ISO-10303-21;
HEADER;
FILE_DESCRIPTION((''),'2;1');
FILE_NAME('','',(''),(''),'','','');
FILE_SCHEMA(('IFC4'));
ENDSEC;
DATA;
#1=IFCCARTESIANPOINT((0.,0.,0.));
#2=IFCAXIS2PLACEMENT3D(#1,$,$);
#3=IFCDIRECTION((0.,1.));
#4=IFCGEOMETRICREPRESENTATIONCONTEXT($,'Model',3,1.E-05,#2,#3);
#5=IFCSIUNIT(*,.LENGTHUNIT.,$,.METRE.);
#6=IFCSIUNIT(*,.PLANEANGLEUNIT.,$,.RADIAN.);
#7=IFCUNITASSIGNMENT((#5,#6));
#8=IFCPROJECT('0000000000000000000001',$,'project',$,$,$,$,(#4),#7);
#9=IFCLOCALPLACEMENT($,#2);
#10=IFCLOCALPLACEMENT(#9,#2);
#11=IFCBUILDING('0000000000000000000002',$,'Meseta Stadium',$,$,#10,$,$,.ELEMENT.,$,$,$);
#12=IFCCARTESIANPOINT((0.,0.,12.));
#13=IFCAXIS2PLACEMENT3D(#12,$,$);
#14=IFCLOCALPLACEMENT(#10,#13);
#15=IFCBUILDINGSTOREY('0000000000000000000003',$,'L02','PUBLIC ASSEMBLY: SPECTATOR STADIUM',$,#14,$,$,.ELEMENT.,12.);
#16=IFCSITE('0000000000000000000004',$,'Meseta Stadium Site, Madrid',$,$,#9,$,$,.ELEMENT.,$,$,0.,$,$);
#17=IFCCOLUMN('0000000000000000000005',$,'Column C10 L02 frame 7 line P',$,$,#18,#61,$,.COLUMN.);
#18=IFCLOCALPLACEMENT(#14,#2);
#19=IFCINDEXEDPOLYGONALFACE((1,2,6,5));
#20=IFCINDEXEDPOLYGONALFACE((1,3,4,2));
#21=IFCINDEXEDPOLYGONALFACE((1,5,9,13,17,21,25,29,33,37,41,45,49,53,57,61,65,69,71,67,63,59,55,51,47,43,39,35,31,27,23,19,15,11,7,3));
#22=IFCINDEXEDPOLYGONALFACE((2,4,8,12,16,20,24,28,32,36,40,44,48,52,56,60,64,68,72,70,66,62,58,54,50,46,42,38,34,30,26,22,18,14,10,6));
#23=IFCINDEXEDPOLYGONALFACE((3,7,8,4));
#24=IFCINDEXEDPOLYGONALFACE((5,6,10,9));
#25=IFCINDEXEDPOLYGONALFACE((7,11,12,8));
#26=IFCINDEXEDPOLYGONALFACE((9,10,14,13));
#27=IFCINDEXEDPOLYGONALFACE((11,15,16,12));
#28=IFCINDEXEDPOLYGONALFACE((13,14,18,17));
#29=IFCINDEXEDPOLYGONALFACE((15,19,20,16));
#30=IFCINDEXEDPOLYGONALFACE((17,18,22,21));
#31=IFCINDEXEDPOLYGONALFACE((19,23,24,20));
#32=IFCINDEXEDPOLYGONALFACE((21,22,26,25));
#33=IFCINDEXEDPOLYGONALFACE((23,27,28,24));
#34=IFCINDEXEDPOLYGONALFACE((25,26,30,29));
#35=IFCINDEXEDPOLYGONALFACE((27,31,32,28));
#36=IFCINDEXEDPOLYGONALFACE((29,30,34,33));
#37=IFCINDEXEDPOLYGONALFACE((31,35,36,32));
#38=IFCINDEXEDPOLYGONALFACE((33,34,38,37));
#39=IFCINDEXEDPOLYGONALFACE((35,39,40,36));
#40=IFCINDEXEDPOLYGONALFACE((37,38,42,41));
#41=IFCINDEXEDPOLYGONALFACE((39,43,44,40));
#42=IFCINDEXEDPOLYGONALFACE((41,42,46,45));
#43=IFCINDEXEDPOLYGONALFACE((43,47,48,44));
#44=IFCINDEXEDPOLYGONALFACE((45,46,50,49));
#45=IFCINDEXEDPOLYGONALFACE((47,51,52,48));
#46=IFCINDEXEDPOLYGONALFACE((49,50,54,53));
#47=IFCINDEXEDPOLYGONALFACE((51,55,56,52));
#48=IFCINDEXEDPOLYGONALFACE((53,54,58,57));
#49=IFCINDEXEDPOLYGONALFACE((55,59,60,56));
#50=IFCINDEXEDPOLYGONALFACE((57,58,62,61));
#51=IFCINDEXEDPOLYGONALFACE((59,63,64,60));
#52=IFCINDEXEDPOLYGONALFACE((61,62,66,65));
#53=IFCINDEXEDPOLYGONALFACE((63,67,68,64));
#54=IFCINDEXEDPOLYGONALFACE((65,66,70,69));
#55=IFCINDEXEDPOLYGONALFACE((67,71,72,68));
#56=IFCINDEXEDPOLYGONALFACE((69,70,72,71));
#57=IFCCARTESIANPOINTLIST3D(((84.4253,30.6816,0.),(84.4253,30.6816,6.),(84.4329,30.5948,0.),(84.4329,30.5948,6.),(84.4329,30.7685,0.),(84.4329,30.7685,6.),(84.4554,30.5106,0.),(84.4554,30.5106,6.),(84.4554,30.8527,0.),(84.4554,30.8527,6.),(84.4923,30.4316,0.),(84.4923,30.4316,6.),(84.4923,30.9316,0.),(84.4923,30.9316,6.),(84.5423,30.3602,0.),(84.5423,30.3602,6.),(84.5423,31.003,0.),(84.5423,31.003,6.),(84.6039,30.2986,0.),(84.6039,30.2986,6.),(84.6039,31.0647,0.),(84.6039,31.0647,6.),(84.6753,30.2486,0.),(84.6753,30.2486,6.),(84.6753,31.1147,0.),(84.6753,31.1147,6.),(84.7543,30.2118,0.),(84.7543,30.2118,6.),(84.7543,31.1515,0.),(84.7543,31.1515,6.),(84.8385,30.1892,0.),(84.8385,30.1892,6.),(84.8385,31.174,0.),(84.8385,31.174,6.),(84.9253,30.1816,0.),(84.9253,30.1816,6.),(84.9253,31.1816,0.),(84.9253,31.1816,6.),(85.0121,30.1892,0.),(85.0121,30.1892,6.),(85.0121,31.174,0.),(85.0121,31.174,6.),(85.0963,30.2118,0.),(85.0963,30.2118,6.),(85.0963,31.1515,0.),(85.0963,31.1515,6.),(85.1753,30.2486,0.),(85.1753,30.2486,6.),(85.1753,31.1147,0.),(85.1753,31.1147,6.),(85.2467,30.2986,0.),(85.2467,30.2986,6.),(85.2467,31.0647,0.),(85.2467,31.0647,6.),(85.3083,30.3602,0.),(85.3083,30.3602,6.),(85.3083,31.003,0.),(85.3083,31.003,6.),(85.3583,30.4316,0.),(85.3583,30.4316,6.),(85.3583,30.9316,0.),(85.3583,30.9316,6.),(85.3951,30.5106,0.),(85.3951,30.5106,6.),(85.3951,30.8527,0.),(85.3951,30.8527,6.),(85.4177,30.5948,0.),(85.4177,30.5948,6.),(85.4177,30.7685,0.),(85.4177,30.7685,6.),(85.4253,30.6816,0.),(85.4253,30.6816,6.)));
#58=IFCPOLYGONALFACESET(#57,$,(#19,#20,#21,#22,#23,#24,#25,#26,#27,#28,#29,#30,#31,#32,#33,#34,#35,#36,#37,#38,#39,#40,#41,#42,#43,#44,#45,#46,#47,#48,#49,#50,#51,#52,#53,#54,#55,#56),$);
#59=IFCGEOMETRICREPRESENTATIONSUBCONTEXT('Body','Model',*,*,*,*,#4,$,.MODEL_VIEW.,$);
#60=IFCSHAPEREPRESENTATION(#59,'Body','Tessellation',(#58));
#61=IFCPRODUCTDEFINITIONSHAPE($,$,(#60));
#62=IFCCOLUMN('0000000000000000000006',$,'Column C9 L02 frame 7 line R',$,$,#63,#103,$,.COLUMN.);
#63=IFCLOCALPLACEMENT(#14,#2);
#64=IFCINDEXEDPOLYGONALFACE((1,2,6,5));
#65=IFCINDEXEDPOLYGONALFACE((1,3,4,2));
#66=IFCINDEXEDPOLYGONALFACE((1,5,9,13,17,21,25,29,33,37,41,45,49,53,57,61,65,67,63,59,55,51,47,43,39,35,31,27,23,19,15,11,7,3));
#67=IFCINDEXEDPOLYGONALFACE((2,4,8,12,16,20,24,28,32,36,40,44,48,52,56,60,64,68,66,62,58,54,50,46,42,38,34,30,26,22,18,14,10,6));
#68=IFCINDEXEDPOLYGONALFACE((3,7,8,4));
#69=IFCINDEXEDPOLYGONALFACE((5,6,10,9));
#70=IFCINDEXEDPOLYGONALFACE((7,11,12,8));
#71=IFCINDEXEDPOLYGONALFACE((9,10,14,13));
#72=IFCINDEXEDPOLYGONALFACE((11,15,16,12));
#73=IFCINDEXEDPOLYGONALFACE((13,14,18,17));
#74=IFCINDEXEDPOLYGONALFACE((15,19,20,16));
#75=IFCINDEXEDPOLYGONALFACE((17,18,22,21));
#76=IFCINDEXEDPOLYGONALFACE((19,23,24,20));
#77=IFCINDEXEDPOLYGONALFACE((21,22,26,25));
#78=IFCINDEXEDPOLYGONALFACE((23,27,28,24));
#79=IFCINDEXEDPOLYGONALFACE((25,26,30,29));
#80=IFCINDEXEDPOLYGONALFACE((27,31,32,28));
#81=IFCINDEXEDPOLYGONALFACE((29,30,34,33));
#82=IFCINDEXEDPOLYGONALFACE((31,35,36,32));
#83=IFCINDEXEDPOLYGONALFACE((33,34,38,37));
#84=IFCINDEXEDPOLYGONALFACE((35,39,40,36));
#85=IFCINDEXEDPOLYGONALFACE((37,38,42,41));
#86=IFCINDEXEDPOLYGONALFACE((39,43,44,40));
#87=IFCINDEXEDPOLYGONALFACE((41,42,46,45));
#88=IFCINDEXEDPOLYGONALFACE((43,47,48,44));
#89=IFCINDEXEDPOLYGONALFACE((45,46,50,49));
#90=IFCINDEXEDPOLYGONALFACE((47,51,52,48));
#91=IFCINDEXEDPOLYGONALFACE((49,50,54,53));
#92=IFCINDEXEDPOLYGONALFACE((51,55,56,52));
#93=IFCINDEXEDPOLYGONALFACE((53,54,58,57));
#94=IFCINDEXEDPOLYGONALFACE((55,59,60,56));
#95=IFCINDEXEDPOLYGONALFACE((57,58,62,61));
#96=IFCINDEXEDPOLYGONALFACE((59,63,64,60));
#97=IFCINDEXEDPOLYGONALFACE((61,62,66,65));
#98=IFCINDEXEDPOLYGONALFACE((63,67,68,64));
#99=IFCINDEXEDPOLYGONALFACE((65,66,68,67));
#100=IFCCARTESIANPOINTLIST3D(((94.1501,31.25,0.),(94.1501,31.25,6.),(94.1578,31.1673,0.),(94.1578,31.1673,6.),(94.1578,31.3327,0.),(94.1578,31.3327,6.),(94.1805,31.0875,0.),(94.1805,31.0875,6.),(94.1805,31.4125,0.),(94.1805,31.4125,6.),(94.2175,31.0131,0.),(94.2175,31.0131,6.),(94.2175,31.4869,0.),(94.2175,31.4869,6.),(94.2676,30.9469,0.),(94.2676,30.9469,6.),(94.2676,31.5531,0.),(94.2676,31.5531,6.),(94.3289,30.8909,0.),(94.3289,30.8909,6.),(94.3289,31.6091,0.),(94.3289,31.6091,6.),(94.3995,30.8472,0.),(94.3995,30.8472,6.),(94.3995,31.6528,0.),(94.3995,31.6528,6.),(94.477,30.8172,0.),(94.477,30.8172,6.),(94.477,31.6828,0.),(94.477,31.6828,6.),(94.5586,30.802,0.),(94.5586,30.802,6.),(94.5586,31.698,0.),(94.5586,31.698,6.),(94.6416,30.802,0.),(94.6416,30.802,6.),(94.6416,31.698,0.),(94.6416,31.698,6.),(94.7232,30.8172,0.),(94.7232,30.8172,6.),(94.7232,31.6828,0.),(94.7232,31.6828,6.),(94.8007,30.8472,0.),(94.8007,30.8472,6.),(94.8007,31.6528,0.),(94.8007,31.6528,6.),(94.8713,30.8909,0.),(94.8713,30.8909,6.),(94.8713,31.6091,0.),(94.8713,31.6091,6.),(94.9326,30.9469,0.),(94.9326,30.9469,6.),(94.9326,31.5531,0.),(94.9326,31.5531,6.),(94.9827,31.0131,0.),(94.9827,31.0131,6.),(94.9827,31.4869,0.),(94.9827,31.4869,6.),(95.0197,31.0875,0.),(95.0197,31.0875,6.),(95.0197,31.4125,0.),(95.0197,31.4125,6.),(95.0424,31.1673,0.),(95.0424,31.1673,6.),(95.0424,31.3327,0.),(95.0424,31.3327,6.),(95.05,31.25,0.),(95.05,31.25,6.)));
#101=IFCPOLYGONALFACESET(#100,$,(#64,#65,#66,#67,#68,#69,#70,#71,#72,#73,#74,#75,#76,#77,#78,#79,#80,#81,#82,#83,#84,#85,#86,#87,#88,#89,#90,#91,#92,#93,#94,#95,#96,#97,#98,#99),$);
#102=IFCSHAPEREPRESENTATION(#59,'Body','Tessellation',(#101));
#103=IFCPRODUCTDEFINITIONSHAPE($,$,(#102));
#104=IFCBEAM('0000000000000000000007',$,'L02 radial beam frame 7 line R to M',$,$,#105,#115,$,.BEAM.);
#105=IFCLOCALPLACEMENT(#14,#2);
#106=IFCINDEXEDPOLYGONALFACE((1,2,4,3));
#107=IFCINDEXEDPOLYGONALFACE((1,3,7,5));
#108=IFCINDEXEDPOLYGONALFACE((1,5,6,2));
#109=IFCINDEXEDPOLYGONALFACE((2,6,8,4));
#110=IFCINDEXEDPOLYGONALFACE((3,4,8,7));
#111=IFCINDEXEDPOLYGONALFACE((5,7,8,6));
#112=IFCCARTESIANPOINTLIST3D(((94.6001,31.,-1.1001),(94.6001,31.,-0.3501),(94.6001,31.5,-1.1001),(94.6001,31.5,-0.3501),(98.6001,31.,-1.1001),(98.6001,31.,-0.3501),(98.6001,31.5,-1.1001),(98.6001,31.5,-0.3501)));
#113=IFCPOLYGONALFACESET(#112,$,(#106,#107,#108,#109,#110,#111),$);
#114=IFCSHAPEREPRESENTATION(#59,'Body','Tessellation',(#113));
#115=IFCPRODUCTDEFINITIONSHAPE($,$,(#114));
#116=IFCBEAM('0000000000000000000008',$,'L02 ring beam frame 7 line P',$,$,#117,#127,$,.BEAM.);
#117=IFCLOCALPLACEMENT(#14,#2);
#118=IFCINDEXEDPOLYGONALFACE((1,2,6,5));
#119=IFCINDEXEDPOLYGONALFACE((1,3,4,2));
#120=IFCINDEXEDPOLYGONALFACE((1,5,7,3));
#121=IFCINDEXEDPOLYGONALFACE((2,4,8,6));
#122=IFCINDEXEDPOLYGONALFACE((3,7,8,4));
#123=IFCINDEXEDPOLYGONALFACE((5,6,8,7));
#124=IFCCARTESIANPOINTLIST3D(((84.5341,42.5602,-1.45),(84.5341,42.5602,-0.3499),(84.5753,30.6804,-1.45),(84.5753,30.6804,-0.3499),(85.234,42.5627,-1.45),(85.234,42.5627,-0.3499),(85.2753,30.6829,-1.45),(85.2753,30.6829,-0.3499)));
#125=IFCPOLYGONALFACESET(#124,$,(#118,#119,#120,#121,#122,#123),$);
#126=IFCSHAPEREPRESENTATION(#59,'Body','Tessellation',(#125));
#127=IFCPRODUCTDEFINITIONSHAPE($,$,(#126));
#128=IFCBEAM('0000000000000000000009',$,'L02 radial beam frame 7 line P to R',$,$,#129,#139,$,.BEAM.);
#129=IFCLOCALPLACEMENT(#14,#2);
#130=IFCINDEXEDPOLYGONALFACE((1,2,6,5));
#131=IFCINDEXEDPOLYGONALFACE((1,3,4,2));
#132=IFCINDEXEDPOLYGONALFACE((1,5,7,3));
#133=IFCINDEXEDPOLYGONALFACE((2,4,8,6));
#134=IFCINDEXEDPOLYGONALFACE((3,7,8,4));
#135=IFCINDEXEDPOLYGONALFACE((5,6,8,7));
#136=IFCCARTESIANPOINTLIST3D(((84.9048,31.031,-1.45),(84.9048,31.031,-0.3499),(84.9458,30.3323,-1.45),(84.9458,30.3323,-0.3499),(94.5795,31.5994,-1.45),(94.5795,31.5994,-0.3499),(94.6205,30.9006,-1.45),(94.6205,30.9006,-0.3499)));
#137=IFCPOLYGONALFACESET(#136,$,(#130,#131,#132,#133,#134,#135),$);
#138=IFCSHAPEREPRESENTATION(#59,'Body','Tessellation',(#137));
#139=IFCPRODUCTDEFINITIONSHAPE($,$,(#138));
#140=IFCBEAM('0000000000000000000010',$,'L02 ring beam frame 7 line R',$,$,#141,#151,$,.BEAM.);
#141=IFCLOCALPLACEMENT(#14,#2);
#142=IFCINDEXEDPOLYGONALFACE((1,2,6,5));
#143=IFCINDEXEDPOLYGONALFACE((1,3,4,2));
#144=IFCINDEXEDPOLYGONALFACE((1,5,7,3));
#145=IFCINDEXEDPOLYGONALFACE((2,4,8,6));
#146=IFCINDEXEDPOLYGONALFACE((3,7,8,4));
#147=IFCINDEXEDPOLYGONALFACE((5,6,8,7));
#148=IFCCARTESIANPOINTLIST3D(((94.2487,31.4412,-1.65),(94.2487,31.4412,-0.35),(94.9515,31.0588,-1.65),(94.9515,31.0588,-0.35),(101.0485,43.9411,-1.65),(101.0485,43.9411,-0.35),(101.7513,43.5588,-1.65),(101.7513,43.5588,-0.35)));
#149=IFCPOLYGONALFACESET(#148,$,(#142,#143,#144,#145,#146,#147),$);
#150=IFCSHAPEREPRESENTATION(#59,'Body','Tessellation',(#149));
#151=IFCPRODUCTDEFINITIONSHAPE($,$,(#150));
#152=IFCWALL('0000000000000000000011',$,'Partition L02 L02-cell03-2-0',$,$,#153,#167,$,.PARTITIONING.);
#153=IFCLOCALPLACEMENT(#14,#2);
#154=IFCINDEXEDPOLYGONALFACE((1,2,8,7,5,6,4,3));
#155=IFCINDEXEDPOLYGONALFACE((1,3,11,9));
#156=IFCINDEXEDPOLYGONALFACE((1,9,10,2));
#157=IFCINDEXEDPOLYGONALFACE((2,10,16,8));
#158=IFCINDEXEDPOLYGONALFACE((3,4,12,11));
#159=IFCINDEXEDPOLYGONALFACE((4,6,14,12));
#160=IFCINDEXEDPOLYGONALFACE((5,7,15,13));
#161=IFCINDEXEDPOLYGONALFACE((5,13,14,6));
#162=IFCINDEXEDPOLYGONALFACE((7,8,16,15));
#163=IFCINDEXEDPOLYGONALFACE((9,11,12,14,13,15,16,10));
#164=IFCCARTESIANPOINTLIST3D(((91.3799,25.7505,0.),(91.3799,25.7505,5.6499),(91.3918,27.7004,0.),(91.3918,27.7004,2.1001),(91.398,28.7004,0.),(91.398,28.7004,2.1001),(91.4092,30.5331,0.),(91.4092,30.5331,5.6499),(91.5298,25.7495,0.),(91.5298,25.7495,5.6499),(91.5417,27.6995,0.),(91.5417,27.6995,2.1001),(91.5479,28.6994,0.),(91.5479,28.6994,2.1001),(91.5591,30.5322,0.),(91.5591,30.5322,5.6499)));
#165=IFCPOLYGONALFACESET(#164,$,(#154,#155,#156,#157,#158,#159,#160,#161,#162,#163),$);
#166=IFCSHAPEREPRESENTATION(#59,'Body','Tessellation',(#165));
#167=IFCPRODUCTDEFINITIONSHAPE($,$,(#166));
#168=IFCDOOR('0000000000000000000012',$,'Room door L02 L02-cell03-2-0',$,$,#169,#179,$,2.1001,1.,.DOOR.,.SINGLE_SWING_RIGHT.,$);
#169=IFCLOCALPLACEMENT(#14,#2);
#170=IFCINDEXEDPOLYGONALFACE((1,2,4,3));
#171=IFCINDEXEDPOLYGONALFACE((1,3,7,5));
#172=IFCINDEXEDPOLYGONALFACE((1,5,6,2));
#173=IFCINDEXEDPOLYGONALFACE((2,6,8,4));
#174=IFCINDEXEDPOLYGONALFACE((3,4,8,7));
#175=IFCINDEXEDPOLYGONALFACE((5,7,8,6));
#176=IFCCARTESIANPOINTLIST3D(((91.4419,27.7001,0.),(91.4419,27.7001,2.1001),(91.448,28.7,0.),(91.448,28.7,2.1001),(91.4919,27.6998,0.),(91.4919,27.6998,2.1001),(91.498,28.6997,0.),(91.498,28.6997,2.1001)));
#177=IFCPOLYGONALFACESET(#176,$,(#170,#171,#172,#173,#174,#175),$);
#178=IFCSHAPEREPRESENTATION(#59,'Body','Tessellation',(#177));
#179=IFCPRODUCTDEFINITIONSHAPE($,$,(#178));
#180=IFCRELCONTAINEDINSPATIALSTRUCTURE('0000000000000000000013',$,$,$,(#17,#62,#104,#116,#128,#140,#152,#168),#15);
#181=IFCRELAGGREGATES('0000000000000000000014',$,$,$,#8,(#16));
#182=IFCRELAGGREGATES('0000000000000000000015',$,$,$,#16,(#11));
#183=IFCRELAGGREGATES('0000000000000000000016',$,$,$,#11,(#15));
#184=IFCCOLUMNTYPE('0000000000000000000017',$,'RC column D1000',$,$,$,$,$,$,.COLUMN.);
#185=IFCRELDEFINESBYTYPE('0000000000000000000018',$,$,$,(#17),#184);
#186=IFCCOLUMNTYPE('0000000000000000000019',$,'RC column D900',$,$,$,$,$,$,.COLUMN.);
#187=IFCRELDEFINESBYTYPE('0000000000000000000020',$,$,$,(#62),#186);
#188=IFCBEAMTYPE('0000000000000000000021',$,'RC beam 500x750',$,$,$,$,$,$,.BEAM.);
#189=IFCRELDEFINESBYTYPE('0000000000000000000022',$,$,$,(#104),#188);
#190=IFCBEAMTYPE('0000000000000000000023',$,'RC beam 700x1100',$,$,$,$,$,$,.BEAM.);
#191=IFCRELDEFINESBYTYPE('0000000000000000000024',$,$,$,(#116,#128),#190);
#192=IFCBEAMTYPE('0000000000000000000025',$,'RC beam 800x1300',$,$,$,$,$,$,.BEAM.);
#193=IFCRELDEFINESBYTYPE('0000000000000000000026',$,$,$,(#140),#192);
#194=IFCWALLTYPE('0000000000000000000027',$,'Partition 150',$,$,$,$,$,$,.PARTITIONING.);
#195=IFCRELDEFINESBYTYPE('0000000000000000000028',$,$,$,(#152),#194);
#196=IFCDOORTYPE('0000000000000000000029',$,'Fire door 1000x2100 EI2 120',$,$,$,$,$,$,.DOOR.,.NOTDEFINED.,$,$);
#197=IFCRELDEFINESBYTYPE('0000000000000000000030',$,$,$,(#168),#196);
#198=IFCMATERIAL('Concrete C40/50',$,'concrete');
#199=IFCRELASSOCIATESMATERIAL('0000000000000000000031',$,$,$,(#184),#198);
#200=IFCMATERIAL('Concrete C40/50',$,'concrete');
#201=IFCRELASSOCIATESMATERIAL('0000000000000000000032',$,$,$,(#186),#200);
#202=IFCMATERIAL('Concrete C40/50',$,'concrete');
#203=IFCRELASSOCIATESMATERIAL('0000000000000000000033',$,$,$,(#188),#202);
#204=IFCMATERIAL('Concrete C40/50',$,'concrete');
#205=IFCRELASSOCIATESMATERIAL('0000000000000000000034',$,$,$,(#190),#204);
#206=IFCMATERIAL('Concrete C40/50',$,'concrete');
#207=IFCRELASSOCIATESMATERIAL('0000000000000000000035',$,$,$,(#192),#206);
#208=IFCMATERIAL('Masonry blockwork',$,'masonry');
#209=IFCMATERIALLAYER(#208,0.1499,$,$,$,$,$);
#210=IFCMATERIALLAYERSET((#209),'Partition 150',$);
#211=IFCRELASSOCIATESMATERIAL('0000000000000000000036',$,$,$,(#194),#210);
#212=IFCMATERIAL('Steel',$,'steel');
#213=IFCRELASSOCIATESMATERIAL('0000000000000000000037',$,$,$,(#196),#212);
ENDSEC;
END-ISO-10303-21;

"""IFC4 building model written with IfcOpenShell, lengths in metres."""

from ifc_helpers import new_model, si_unit, direction, frame, frame_2d, origin, origin_2d, place, context, subcontext, project, spatial, rectangle, circle, extrude, material, layer, layer_set, material_profile, profile_set, type_object, element, fill, save


model = new_model("IFC4")

# Units and contexts
model_context = context("Model", 3, precision=1e-05, world=origin(), true_north=direction((0.0, 1.0)))
body_context = subcontext(model_context, "Body", "Model", "MODEL_VIEW")
ifc_project = project(units=[si_unit("LENGTHUNIT", "METRE"), si_unit("PLANEANGLEUNIT", "RADIAN")], contexts=[model_context])

# Site, building, storey
site_placement = place(None, origin())
site = spatial("IfcSite", under=ifc_project, at=site_placement, Name="Meseta Stadium Site, Madrid", CompositionType="ELEMENT", RefElevation=0.0)
building_placement = place(site_placement, origin())
building = spatial("IfcBuilding", under=site, at=building_placement, Name="Meseta Stadium", CompositionType="ELEMENT")
storey_placement = place(building_placement, frame((0.0, 0.0, 12.0)))
storey = spatial("IfcBuildingStorey", under=building, at=storey_placement, Name="L02", Description="PUBLIC ASSEMBLY: SPECTATOR STADIUM", CompositionType="ELEMENT", Elevation=12.0)

# Columns
ifc_material_1 = material(Name="Concrete C40/50", Category="concrete")
ifc_material_profile_1 = material_profile(ifc_material_1, circle(Radius=0.5, at=origin_2d()), Name="RC D1000")
ifc_profile_set_1 = profile_set([ifc_material_profile_1], Name="Concrete C40/50")
column_type_1 = type_object("IfcColumnType", Name="RC column D1000", PredefinedType="COLUMN", material=ifc_profile_set_1)
column_1_placement = place(storey_placement, frame((84.9253, 30.6816, 0.0), z_axis=(0.0, 0.0, 1.0), x_axis=(1.0, 0.0, 0.0)))
element("IfcColumn", 1, at=column_1_placement, inside=storey, type_object=column_type_1, Name="Column C10 L02 frame 7 line P", PredefinedType="COLUMN", context=body_context, shape_type="SweptSolid", body=[
    extrude(circle(Radius=0.5, at=origin_2d()), origin(), (0.0, 0.0, 1.0), 6.0),
])
ifc_material_2 = material(Name="Concrete C40/50", Category="concrete")
ifc_material_profile_2 = material_profile(ifc_material_2, circle(Radius=0.45, at=origin_2d()), Name="RC D900")
ifc_profile_set_2 = profile_set([ifc_material_profile_2], Name="Concrete C40/50")
column_type_2 = type_object("IfcColumnType", Name="RC column D900", PredefinedType="COLUMN", material=ifc_profile_set_2)
column_2_placement = place(storey_placement, frame((94.6001, 31.25, 0.0), z_axis=(0.0, 0.0, 1.0), x_axis=(1.0, 0.0, 0.0)))
element("IfcColumn", 2, at=column_2_placement, inside=storey, type_object=column_type_2, Name="Column C9 L02 frame 7 line R", PredefinedType="COLUMN", context=body_context, shape_type="SweptSolid", body=[
    extrude(circle(Radius=0.45, at=origin_2d()), origin(), (0.0, 0.0, 1.0), 6.0),
])

# Beams
ifc_material_3 = material(Name="Concrete C40/50", Category="concrete")
ifc_material_profile_3 = material_profile(ifc_material_3, rectangle(XDim=0.5, YDim=0.75, at=origin_2d()), Name="RC 500x750")
ifc_profile_set_3 = profile_set([ifc_material_profile_3], Name="Concrete C40/50")
beam_type_1 = type_object("IfcBeamType", Name="RC beam 500x750", PredefinedType="BEAM", material=ifc_profile_set_3)
beam_1_placement = place(storey_placement, frame((94.6001, 31.25, -0.7251), z_axis=(1.0, 0.0, 0.0), x_axis=(0.0, 1.0, 0.0)))
element("IfcBeam", 3, at=beam_1_placement, inside=storey, type_object=beam_type_1, Name="L02 radial beam frame 7 line R to M", PredefinedType="BEAM", context=body_context, shape_type="SweptSolid", body=[
    extrude(rectangle(XDim=0.5, YDim=0.75, at=origin_2d()), origin(), (0.0, 0.0, 1.0), 4.0),
])
ifc_material_4 = material(Name="Concrete C40/50", Category="concrete")
ifc_material_profile_4 = material_profile(ifc_material_4, rectangle(XDim=0.7, YDim=1.1001, at=origin_2d()), Name="RC 700x1100")
ifc_profile_set_4 = profile_set([ifc_material_profile_4], Name="Concrete C40/50")
beam_type_2 = type_object("IfcBeamType", Name="RC beam 700x1100", PredefinedType="BEAM", material=ifc_profile_set_4)
beam_2_placement = place(storey_placement, frame((84.9253, 30.6816, -0.8999), z_axis=(-0.003473, 0.999994, 0.0), x_axis=(-0.999994, -0.003473, 0.0)))
element("IfcBeam", 4, at=beam_2_placement, inside=storey, type_object=beam_type_2, Name="L02 ring beam frame 7 line P", PredefinedType="BEAM", context=body_context, shape_type="SweptSolid", body=[
    extrude(rectangle(XDim=0.7, YDim=1.1001, at=origin_2d()), origin(), (0.0, 0.0, 1.0), 11.8799),
])
beam_3_placement = place(storey_placement, frame((84.9253, 30.6816, -0.8999), z_axis=(0.998279, 0.058645, 0.0), x_axis=(-0.058645, 0.998279, 0.0)))
element("IfcBeam", 5, at=beam_3_placement, inside=storey, type_object=beam_type_2, Name="L02 radial beam frame 7 line P to R", PredefinedType="BEAM", context=body_context, shape_type="SweptSolid", body=[
    extrude(rectangle(XDim=0.7, YDim=1.1001, at=origin_2d()), origin(), (0.0, 0.0, 1.0), 9.6914),
])
ifc_material_5 = material(Name="Concrete C40/50", Category="concrete")
ifc_material_profile_5 = material_profile(ifc_material_5, rectangle(XDim=0.8, YDim=1.3, at=origin_2d()), Name="RC 800x1300")
ifc_profile_set_5 = profile_set([ifc_material_profile_5], Name="Concrete C40/50")
beam_type_3 = type_object("IfcBeamType", Name="RC beam 800x1300", PredefinedType="BEAM", material=ifc_profile_set_5)
beam_4_placement = place(storey_placement, frame((94.6001, 31.25, -1.0), z_axis=(0.477856, 0.878438, 0.0), x_axis=(-0.878438, 0.477856, 0.0)))
element("IfcBeam", 6, at=beam_4_placement, inside=storey, type_object=beam_type_3, Name="L02 ring beam frame 7 line R", PredefinedType="BEAM", context=body_context, shape_type="SweptSolid", body=[
    extrude(rectangle(XDim=0.8, YDim=1.3, at=origin_2d()), origin(), (0.0, 0.0, 1.0), 14.2297),
])

# Wall, opening, door
ifc_material_6 = material(Name="Masonry blockwork", Category="masonry")
ifc_layer_1 = layer(ifc_material_6, 0.1499)
ifc_layer_set_1 = layer_set([ifc_layer_1], Name="Partition 150")
wall_type_1 = type_object("IfcWallType", Name="Partition 150", PredefinedType="PARTITIONING", material=ifc_layer_set_1)
wall_1_placement = place(storey_placement, frame((91.4548, 25.75, 0.0), z_axis=(0.0, 0.0, 1.0), x_axis=(0.006125, 0.999981, 0.0)))
wall_1 = element("IfcWall", 7, at=wall_1_placement, inside=storey, type_object=wall_type_1, Name="Partition L02 L02-cell03-2-0", PredefinedType="PARTITIONING", context=body_context, shape_type="SweptSolid", body=[
    extrude(rectangle(XDim=4.7827, YDim=0.1499, at=frame_2d((2.3914, 0.0))), origin(), (0.0, 0.0, 1.0), 5.6499),
])
opening_1_placement = place(wall_1_placement, frame((1.95, 0.0, 0.0)))
opening_1 = element("IfcOpeningElement", 8, at=opening_1_placement, cuts=wall_1, PredefinedType="OPENING", context=body_context, shape_type="SweptSolid", body=[
    extrude(rectangle(XDim=1.0, YDim=2.1001, at=frame_2d((0.5, 1.05))), frame((0.0, 0.085, 0.0), z_axis=(0.0, -1.0, 0.0), x_axis=(1.0, 0.0, 0.0)), (0.0, 0.0, 1.0), 0.1699),
])
ifc_material_7 = material(Name="Steel", Category="steel")
door_type_1 = type_object("IfcDoorType", Name="Fire door 1000x2100 EI2 120", OperationType="NOTDEFINED", PredefinedType="DOOR", material=ifc_material_7)
door_1_placement = place(opening_1_placement, origin())
door_1 = element("IfcDoor", 9, at=door_1_placement, inside=storey, type_object=door_type_1, Name="Room door L02 L02-cell03-2-0", OperationType="SINGLE_SWING_RIGHT", OverallHeight=2.1001, OverallWidth=1.0, PredefinedType="DOOR", context=body_context, shape_type="SweptSolid", body=[
    extrude(rectangle(XDim=1.0, YDim=2.1001, at=frame_2d((0.5, 1.05))), frame((0.0, 0.0249, 0.0), z_axis=(0.0, -1.0, 0.0), x_axis=(1.0, 0.0, 0.0)), (0.0, 0.0, 1.0), 0.05),
])
fill(opening_1, door_1)

save(model, "model.ifc")
